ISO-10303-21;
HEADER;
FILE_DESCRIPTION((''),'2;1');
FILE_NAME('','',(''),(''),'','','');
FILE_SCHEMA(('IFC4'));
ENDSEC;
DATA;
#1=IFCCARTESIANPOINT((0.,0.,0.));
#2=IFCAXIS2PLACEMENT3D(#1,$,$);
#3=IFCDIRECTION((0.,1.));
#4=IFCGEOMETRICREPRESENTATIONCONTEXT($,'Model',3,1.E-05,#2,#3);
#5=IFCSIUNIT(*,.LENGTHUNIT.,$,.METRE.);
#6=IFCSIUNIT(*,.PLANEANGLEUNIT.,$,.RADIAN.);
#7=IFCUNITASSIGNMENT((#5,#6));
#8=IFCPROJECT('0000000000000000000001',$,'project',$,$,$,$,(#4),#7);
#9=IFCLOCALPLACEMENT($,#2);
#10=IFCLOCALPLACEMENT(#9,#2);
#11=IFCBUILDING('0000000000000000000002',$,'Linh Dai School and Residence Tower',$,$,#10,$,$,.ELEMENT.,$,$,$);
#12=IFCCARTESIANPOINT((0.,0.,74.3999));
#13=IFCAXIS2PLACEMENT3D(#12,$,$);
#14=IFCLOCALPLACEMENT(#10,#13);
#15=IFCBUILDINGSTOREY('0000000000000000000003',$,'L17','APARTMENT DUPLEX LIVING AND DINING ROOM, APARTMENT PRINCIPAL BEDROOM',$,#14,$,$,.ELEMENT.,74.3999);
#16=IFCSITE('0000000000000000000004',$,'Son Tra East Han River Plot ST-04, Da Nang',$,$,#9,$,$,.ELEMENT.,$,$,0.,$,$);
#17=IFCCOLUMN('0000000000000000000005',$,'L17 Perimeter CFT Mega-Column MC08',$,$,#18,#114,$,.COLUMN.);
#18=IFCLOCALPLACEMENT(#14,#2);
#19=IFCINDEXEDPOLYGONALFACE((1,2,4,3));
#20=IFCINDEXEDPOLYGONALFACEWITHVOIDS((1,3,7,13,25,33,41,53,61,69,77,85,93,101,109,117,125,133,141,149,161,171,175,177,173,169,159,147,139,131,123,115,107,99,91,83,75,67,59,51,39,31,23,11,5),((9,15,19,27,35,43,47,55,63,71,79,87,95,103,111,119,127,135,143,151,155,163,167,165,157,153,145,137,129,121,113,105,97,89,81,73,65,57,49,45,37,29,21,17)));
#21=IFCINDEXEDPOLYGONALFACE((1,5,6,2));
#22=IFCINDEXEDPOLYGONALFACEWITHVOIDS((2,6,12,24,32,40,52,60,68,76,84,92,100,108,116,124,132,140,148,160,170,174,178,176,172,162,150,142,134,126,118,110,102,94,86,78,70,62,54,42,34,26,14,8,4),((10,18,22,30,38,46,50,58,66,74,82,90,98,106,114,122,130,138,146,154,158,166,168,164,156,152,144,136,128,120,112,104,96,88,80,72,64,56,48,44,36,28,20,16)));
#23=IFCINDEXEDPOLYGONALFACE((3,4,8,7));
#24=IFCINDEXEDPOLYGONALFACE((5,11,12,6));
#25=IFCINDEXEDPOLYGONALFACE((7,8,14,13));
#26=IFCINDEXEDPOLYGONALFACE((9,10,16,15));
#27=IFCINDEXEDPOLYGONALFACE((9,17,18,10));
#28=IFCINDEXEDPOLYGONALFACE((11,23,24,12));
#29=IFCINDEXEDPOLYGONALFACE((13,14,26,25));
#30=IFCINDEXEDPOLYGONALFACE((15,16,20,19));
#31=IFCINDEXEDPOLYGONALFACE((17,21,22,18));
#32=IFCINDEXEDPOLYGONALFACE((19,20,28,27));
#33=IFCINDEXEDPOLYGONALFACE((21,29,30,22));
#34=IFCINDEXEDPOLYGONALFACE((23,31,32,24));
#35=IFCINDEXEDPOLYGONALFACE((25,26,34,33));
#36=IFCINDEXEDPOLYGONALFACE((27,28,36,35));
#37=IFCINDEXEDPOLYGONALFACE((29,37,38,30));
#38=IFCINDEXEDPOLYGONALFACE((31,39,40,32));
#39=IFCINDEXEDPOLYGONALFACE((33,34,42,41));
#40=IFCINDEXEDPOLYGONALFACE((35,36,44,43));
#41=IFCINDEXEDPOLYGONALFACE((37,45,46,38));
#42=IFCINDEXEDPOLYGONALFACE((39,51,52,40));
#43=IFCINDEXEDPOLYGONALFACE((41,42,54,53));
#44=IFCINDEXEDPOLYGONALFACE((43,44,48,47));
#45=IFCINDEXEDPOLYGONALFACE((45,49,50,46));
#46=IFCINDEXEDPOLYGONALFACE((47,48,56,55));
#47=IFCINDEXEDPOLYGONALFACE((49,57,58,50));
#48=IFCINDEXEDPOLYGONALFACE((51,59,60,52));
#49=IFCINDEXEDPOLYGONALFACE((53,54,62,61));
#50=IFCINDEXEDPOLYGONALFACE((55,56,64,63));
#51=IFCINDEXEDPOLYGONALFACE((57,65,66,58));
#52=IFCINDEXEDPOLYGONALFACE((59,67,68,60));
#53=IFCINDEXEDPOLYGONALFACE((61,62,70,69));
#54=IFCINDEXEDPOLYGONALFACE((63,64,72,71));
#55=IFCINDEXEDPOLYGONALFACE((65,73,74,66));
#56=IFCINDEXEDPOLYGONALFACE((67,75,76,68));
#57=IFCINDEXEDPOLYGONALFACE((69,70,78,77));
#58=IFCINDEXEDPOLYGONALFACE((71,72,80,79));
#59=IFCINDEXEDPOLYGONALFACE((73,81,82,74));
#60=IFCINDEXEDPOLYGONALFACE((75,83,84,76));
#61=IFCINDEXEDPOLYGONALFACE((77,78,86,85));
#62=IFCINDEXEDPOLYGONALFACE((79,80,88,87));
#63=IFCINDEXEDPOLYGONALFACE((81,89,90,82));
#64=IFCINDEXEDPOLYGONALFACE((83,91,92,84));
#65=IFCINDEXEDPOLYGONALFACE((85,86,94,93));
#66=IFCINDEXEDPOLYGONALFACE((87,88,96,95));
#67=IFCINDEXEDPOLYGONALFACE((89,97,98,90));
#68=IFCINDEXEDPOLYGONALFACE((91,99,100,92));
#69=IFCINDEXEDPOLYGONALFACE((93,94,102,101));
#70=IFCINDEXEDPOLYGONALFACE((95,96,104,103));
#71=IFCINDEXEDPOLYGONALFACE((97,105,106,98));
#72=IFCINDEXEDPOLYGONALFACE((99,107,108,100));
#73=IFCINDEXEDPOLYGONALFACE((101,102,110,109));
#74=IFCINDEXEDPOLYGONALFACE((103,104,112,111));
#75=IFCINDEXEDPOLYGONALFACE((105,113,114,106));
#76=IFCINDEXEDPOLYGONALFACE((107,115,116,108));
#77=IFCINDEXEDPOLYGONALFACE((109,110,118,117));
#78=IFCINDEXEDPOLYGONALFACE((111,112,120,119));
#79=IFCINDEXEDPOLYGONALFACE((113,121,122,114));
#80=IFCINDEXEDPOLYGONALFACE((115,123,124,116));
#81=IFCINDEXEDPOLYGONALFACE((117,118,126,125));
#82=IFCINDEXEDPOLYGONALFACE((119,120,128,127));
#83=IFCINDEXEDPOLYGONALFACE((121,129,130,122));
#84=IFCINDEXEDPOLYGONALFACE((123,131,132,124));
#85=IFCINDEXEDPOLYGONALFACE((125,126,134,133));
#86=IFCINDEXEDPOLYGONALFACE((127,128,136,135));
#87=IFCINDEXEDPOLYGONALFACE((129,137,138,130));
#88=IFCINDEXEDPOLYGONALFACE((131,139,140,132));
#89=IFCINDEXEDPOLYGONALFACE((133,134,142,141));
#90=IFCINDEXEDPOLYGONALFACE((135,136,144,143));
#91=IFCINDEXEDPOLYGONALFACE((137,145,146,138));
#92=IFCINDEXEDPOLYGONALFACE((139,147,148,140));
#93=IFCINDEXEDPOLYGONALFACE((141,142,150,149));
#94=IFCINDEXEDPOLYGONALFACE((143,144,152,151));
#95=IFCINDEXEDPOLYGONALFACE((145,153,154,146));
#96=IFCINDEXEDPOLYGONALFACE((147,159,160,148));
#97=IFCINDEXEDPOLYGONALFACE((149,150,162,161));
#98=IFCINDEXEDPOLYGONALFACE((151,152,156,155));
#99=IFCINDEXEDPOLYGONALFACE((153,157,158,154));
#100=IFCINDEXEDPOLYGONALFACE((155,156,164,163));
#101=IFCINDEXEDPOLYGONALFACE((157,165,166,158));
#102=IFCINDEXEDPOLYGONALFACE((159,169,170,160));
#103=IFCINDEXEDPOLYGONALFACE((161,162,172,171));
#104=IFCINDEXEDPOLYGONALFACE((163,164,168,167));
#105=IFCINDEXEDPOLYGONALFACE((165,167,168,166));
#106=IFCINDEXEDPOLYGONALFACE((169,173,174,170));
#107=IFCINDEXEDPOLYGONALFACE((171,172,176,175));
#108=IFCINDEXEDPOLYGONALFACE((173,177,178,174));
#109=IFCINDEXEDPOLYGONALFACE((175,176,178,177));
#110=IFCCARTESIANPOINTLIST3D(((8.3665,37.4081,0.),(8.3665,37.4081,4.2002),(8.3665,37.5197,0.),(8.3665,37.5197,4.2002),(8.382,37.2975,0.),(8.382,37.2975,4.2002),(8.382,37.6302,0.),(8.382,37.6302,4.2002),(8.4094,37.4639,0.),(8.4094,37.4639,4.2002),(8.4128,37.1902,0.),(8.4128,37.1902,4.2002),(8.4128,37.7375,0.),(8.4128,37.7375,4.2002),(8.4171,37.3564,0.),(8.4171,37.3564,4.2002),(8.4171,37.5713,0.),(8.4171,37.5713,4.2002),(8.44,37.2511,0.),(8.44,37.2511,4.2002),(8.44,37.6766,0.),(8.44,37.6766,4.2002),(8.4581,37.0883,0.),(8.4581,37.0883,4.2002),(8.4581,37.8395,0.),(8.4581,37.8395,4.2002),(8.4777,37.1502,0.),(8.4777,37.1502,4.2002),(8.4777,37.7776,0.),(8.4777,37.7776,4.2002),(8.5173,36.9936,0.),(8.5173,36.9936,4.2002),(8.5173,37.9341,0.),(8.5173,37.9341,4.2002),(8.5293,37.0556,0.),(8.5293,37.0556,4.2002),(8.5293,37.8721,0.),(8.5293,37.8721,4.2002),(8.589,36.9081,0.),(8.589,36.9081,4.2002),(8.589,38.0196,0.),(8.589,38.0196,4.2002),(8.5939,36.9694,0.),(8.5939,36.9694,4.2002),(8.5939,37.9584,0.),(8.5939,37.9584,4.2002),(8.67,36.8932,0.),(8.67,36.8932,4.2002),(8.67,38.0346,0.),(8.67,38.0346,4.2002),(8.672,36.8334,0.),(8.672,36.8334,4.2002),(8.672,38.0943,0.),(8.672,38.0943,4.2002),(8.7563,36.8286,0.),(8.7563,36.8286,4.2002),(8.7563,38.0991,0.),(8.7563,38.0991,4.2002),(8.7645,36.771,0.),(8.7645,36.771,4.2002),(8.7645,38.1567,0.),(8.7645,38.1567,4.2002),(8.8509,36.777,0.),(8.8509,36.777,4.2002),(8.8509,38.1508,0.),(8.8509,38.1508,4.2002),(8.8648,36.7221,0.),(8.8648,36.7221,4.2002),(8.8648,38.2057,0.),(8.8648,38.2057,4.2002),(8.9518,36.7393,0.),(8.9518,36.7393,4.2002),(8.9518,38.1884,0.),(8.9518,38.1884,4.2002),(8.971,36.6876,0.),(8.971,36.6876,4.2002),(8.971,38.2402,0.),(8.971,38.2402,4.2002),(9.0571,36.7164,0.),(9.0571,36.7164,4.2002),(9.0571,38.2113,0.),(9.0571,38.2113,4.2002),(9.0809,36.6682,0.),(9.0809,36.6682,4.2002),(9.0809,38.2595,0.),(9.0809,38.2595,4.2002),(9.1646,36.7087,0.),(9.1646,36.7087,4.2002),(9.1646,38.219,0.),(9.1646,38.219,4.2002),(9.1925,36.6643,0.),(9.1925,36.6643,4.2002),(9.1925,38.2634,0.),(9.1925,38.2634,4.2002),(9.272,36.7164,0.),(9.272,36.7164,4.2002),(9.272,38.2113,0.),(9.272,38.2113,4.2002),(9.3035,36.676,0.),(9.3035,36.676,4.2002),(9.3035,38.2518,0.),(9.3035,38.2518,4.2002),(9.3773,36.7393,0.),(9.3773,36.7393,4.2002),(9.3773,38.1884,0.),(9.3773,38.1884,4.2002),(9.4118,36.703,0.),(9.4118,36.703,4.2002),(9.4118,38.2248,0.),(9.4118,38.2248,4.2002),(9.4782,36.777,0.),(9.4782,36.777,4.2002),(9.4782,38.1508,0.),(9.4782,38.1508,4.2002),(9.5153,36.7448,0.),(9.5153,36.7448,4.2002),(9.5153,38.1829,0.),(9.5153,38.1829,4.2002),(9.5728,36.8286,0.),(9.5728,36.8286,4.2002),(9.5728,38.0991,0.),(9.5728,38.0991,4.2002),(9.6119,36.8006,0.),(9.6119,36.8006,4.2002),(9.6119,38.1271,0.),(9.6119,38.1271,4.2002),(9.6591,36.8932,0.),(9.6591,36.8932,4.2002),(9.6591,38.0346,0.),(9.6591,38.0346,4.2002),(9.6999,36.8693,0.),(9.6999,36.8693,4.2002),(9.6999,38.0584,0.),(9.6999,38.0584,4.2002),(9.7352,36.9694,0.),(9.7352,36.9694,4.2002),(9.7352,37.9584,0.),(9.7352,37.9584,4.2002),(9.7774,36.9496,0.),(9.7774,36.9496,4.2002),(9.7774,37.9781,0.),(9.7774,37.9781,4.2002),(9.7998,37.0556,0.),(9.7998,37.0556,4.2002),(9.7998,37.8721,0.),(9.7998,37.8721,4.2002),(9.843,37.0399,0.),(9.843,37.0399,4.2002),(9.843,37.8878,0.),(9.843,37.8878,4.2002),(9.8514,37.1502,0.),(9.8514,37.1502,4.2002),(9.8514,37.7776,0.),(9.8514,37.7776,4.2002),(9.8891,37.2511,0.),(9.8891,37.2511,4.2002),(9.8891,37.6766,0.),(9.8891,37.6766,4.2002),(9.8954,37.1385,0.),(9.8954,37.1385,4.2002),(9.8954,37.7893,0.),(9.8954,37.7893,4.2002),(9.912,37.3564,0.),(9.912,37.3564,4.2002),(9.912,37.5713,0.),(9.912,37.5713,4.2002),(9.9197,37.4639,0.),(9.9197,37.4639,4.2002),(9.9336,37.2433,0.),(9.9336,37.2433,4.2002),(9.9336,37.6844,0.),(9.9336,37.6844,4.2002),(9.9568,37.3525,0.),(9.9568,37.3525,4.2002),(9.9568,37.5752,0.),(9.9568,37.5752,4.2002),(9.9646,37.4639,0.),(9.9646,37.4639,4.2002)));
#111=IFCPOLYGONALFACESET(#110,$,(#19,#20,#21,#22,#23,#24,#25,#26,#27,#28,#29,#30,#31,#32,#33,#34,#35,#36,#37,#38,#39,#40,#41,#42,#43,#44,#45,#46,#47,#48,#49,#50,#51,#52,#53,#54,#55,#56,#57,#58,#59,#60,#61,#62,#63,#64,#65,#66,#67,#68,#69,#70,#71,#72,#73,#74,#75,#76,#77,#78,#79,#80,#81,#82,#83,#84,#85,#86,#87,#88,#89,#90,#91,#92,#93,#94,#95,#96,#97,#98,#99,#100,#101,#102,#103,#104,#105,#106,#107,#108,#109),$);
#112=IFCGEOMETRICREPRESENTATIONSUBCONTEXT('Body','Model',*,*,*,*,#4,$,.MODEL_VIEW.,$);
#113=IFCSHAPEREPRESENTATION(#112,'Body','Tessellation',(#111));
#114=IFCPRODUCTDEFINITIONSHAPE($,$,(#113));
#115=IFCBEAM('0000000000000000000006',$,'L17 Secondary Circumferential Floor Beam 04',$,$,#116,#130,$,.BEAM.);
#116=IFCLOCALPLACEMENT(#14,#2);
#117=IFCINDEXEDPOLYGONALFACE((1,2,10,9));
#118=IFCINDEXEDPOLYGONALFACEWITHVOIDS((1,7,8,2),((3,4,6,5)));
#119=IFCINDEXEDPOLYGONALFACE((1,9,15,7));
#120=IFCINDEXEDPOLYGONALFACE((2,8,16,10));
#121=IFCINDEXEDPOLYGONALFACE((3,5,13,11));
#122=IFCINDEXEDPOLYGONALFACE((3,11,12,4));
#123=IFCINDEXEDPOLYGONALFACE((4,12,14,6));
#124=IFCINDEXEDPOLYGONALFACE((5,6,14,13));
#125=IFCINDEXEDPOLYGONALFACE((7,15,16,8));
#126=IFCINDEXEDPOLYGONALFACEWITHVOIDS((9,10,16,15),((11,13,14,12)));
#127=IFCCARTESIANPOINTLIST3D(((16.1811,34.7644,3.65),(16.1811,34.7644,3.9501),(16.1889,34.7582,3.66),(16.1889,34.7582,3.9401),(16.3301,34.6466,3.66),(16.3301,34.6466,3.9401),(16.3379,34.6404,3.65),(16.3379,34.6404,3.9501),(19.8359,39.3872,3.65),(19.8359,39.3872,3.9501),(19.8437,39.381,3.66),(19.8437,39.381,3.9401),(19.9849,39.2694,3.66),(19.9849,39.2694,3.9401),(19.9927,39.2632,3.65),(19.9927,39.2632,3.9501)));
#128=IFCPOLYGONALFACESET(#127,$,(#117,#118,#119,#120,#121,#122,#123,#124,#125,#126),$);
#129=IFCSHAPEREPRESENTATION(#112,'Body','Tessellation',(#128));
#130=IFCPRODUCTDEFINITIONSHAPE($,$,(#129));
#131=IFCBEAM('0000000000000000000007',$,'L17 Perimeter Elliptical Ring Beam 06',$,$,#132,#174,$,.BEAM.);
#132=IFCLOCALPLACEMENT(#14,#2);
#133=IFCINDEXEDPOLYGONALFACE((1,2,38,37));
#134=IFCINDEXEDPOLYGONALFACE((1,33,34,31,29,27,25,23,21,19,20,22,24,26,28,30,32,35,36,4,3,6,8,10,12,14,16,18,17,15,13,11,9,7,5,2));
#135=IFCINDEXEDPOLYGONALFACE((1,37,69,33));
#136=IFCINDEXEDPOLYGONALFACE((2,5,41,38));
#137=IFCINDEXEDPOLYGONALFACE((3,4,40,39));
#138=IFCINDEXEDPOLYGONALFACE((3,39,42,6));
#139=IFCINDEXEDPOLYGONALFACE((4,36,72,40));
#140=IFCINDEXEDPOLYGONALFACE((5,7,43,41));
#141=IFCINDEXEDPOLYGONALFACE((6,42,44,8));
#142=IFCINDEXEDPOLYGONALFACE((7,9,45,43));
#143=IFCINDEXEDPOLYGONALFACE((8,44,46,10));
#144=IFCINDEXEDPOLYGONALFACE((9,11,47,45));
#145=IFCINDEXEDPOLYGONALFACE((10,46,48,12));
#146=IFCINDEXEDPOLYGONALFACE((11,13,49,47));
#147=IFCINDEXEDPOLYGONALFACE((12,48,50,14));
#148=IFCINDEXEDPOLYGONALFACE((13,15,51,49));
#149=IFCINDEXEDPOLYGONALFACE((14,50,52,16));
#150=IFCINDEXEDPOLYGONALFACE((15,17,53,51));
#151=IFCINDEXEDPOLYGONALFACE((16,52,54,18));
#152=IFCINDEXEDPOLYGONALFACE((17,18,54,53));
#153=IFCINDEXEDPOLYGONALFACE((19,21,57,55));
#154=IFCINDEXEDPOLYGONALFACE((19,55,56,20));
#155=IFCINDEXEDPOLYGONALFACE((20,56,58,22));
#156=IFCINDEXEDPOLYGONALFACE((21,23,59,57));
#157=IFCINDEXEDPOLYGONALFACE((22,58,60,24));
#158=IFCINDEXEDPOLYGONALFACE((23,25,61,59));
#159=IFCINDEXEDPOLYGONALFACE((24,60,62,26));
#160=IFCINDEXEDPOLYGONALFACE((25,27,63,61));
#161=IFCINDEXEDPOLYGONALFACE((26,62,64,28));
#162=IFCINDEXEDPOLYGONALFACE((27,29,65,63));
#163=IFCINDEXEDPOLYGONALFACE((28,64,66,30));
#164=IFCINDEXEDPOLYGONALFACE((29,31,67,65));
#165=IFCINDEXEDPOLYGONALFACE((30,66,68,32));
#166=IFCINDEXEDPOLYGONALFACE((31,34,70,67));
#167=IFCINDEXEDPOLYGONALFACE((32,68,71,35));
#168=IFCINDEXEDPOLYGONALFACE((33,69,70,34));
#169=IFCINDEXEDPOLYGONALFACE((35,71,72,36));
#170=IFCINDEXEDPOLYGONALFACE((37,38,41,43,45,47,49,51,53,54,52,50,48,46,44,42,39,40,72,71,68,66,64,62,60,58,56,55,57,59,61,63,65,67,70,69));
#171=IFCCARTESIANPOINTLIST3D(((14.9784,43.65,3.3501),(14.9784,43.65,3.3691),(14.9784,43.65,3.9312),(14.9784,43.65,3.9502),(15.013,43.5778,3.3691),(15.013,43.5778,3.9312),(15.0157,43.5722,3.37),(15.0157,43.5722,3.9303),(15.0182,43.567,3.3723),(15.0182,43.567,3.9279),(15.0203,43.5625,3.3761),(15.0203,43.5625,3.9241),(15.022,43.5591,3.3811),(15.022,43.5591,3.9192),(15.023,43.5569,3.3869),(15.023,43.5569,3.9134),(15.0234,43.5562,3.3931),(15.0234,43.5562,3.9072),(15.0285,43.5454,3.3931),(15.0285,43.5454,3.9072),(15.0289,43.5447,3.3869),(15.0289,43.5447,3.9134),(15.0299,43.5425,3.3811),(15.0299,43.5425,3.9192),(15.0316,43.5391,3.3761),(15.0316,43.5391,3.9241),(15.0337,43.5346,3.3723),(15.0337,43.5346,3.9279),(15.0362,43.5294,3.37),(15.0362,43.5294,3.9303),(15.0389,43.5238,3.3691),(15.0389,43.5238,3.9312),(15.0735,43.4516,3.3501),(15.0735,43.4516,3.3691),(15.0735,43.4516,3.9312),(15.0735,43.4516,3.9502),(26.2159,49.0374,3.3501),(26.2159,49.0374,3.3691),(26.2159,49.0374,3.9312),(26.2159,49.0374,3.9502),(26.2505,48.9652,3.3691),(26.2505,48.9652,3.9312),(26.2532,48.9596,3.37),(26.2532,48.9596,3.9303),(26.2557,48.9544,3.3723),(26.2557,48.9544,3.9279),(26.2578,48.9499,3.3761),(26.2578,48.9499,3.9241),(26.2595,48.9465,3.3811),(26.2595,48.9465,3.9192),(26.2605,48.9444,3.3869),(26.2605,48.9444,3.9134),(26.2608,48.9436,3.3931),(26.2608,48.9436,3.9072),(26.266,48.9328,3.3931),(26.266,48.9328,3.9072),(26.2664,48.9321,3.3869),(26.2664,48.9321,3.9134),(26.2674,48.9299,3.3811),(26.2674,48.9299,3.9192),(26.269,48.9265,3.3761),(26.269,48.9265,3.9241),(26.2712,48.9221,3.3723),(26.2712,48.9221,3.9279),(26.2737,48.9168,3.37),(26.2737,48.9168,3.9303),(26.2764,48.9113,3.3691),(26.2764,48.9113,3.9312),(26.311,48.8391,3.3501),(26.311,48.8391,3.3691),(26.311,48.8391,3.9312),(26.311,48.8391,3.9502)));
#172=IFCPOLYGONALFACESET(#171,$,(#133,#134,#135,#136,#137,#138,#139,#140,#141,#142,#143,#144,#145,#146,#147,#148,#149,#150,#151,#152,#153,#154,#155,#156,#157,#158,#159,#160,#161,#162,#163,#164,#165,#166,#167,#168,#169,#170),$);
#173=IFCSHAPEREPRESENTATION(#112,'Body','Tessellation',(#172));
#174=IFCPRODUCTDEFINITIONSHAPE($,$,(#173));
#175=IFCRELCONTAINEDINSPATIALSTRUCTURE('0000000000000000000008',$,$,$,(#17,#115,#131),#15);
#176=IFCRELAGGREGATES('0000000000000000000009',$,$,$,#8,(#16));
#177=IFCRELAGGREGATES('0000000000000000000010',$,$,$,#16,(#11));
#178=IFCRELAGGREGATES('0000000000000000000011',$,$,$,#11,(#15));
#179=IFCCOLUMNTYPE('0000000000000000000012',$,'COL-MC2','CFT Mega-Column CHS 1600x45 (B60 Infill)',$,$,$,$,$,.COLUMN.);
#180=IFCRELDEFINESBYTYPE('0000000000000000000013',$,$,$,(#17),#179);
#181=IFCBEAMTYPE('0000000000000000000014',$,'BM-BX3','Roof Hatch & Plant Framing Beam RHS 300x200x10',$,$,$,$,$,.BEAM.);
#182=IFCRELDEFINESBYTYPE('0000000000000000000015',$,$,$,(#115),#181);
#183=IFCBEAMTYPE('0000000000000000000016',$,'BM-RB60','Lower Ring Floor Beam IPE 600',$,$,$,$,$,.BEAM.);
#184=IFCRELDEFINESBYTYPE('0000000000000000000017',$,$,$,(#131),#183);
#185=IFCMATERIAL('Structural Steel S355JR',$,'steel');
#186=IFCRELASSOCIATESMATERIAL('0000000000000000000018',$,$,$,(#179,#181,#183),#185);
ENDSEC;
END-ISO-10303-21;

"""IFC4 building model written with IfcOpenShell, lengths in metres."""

from ifc_helpers import new_model, si_unit, direction, frame, origin, origin_2d, place, context, subcontext, project, spatial, hollow_rectangle, hollow_circle, i_section, extrude, material, material_profile, profile_set, type_object, element, save


model = new_model("IFC4")

# Units and contexts
model_context = context("Model", 3, precision=1e-05, world=origin(), true_north=direction((0.0, 1.0)))
body_context = subcontext(model_context, "Body", "Model", "MODEL_VIEW")
ifc_project = project(units=[si_unit("LENGTHUNIT", "METRE"), si_unit("PLANEANGLEUNIT", "RADIAN")], contexts=[model_context])

# Site, building, storey
site_placement = place(None, origin())
site = spatial("IfcSite", under=ifc_project, at=site_placement, Name="Son Tra East Han River Plot ST-04, Da Nang", CompositionType="ELEMENT", RefElevation=0.0)
building_placement = place(site_placement, origin())
building = spatial("IfcBuilding", under=site, at=building_placement, Name="Linh Dai School and Residence Tower", CompositionType="ELEMENT")
storey_placement = place(building_placement, frame((0.0, 0.0, 74.3999)))
storey = spatial("IfcBuildingStorey", under=building, at=storey_placement, Name="L17", Description="APARTMENT DUPLEX LIVING AND DINING ROOM, APARTMENT PRINCIPAL BEDROOM", CompositionType="ELEMENT", Elevation=74.3999)

# Column
ifc_material_1 = material(Name="Structural Steel S355JR", Category="steel")
ifc_material_profile_1 = material_profile(ifc_material_1, hollow_circle(Radius=0.8, WallThickness=0.0449, at=origin_2d()), Name="CHS 1600x45")
ifc_profile_set_1 = profile_set([ifc_material_profile_1], Name="Structural Steel S355JR")
column_type = type_object("IfcColumnType", Name="COL-MC2", Description="CFT Mega-Column CHS 1600x45 (B60 Infill)", PredefinedType="COLUMN", material=ifc_profile_set_1)
for number, where, z_axis, x_axis, name in (
    (1, (9.1646, 37.4639, 0.0), (0.0, 0.0, 1.0), (1.0, 0.0, 0.0), "L17 Perimeter CFT Mega-Column MC08"),
):
    element("IfcColumn", number, at=place(storey_placement, frame(where, z_axis=z_axis, x_axis=x_axis)), inside=storey, type_object=column_type, Name=name, PredefinedType="COLUMN", context=body_context, shape_type="SweptSolid", body=[
        extrude(hollow_circle(Radius=0.8, WallThickness=0.0449, at=origin_2d()), origin(), (0.0, 0.0, 1.0), 4.2002),
    ])

# Beams
ifc_material_profile_2 = material_profile(ifc_material_1, hollow_rectangle(XDim=0.2, YDim=0.3, WallThickness=0.01, at=origin_2d()), Name="RHS 300x200x10")
ifc_profile_set_2 = profile_set([ifc_material_profile_2], Name="Structural Steel S355JR")
beam_type_1 = type_object("IfcBeamType", Name="BM-BX3", Description="Roof Hatch & Plant Framing Beam RHS 300x200x10", PredefinedType="BEAM", material=ifc_profile_set_2)
beam_1_placement = place(storey_placement, frame((19.9143, 39.3252, 3.8), z_axis=(-0.620188, -0.784453, 0.0), x_axis=(0.784453, -0.620188, 0.0)))
element("IfcBeam", 2, at=beam_1_placement, inside=storey, type_object=beam_type_1, Name="L17 Secondary Circumferential Floor Beam 04", PredefinedType="BEAM", context=body_context, shape_type="SweptSolid", body=[
    extrude(hollow_rectangle(XDim=0.2, YDim=0.3, WallThickness=0.01, at=origin_2d()), origin(), (0.0, 0.0, 1.0), 5.8931),
])
ifc_material_profile_3 = material_profile(ifc_material_1, i_section(OverallWidth=0.22, OverallDepth=0.6001, WebThickness=0.012, FlangeThickness=0.019, FilletRadius=0.0239, at=origin_2d()), Name="IPE 600")
ifc_profile_set_3 = profile_set([ifc_material_profile_3], Name="Structural Steel S355JR")
beam_type_2 = type_object("IfcBeamType", Name="BM-RB60", Description="Lower Ring Floor Beam IPE 600", PredefinedType="BEAM", material=ifc_profile_set_3)
beam_2_placement = place(storey_placement, frame((26.2634, 48.9382, 3.6501), z_axis=(-0.901729, -0.432302, 0.0), x_axis=(0.432302, -0.901729, 0.0)))
element("IfcBeam", 3, at=beam_2_placement, inside=storey, type_object=beam_type_2, Name="L17 Perimeter Elliptical Ring Beam 06", PredefinedType="BEAM", context=body_context, shape_type="SweptSolid", body=[
    extrude(i_section(OverallWidth=0.22, OverallDepth=0.6001, WebThickness=0.012, FlangeThickness=0.019, FilletRadius=0.0239, at=origin_2d()), origin(), (0.0, 0.0, 1.0), 12.4622),
])

save(model, "model.ifc")
